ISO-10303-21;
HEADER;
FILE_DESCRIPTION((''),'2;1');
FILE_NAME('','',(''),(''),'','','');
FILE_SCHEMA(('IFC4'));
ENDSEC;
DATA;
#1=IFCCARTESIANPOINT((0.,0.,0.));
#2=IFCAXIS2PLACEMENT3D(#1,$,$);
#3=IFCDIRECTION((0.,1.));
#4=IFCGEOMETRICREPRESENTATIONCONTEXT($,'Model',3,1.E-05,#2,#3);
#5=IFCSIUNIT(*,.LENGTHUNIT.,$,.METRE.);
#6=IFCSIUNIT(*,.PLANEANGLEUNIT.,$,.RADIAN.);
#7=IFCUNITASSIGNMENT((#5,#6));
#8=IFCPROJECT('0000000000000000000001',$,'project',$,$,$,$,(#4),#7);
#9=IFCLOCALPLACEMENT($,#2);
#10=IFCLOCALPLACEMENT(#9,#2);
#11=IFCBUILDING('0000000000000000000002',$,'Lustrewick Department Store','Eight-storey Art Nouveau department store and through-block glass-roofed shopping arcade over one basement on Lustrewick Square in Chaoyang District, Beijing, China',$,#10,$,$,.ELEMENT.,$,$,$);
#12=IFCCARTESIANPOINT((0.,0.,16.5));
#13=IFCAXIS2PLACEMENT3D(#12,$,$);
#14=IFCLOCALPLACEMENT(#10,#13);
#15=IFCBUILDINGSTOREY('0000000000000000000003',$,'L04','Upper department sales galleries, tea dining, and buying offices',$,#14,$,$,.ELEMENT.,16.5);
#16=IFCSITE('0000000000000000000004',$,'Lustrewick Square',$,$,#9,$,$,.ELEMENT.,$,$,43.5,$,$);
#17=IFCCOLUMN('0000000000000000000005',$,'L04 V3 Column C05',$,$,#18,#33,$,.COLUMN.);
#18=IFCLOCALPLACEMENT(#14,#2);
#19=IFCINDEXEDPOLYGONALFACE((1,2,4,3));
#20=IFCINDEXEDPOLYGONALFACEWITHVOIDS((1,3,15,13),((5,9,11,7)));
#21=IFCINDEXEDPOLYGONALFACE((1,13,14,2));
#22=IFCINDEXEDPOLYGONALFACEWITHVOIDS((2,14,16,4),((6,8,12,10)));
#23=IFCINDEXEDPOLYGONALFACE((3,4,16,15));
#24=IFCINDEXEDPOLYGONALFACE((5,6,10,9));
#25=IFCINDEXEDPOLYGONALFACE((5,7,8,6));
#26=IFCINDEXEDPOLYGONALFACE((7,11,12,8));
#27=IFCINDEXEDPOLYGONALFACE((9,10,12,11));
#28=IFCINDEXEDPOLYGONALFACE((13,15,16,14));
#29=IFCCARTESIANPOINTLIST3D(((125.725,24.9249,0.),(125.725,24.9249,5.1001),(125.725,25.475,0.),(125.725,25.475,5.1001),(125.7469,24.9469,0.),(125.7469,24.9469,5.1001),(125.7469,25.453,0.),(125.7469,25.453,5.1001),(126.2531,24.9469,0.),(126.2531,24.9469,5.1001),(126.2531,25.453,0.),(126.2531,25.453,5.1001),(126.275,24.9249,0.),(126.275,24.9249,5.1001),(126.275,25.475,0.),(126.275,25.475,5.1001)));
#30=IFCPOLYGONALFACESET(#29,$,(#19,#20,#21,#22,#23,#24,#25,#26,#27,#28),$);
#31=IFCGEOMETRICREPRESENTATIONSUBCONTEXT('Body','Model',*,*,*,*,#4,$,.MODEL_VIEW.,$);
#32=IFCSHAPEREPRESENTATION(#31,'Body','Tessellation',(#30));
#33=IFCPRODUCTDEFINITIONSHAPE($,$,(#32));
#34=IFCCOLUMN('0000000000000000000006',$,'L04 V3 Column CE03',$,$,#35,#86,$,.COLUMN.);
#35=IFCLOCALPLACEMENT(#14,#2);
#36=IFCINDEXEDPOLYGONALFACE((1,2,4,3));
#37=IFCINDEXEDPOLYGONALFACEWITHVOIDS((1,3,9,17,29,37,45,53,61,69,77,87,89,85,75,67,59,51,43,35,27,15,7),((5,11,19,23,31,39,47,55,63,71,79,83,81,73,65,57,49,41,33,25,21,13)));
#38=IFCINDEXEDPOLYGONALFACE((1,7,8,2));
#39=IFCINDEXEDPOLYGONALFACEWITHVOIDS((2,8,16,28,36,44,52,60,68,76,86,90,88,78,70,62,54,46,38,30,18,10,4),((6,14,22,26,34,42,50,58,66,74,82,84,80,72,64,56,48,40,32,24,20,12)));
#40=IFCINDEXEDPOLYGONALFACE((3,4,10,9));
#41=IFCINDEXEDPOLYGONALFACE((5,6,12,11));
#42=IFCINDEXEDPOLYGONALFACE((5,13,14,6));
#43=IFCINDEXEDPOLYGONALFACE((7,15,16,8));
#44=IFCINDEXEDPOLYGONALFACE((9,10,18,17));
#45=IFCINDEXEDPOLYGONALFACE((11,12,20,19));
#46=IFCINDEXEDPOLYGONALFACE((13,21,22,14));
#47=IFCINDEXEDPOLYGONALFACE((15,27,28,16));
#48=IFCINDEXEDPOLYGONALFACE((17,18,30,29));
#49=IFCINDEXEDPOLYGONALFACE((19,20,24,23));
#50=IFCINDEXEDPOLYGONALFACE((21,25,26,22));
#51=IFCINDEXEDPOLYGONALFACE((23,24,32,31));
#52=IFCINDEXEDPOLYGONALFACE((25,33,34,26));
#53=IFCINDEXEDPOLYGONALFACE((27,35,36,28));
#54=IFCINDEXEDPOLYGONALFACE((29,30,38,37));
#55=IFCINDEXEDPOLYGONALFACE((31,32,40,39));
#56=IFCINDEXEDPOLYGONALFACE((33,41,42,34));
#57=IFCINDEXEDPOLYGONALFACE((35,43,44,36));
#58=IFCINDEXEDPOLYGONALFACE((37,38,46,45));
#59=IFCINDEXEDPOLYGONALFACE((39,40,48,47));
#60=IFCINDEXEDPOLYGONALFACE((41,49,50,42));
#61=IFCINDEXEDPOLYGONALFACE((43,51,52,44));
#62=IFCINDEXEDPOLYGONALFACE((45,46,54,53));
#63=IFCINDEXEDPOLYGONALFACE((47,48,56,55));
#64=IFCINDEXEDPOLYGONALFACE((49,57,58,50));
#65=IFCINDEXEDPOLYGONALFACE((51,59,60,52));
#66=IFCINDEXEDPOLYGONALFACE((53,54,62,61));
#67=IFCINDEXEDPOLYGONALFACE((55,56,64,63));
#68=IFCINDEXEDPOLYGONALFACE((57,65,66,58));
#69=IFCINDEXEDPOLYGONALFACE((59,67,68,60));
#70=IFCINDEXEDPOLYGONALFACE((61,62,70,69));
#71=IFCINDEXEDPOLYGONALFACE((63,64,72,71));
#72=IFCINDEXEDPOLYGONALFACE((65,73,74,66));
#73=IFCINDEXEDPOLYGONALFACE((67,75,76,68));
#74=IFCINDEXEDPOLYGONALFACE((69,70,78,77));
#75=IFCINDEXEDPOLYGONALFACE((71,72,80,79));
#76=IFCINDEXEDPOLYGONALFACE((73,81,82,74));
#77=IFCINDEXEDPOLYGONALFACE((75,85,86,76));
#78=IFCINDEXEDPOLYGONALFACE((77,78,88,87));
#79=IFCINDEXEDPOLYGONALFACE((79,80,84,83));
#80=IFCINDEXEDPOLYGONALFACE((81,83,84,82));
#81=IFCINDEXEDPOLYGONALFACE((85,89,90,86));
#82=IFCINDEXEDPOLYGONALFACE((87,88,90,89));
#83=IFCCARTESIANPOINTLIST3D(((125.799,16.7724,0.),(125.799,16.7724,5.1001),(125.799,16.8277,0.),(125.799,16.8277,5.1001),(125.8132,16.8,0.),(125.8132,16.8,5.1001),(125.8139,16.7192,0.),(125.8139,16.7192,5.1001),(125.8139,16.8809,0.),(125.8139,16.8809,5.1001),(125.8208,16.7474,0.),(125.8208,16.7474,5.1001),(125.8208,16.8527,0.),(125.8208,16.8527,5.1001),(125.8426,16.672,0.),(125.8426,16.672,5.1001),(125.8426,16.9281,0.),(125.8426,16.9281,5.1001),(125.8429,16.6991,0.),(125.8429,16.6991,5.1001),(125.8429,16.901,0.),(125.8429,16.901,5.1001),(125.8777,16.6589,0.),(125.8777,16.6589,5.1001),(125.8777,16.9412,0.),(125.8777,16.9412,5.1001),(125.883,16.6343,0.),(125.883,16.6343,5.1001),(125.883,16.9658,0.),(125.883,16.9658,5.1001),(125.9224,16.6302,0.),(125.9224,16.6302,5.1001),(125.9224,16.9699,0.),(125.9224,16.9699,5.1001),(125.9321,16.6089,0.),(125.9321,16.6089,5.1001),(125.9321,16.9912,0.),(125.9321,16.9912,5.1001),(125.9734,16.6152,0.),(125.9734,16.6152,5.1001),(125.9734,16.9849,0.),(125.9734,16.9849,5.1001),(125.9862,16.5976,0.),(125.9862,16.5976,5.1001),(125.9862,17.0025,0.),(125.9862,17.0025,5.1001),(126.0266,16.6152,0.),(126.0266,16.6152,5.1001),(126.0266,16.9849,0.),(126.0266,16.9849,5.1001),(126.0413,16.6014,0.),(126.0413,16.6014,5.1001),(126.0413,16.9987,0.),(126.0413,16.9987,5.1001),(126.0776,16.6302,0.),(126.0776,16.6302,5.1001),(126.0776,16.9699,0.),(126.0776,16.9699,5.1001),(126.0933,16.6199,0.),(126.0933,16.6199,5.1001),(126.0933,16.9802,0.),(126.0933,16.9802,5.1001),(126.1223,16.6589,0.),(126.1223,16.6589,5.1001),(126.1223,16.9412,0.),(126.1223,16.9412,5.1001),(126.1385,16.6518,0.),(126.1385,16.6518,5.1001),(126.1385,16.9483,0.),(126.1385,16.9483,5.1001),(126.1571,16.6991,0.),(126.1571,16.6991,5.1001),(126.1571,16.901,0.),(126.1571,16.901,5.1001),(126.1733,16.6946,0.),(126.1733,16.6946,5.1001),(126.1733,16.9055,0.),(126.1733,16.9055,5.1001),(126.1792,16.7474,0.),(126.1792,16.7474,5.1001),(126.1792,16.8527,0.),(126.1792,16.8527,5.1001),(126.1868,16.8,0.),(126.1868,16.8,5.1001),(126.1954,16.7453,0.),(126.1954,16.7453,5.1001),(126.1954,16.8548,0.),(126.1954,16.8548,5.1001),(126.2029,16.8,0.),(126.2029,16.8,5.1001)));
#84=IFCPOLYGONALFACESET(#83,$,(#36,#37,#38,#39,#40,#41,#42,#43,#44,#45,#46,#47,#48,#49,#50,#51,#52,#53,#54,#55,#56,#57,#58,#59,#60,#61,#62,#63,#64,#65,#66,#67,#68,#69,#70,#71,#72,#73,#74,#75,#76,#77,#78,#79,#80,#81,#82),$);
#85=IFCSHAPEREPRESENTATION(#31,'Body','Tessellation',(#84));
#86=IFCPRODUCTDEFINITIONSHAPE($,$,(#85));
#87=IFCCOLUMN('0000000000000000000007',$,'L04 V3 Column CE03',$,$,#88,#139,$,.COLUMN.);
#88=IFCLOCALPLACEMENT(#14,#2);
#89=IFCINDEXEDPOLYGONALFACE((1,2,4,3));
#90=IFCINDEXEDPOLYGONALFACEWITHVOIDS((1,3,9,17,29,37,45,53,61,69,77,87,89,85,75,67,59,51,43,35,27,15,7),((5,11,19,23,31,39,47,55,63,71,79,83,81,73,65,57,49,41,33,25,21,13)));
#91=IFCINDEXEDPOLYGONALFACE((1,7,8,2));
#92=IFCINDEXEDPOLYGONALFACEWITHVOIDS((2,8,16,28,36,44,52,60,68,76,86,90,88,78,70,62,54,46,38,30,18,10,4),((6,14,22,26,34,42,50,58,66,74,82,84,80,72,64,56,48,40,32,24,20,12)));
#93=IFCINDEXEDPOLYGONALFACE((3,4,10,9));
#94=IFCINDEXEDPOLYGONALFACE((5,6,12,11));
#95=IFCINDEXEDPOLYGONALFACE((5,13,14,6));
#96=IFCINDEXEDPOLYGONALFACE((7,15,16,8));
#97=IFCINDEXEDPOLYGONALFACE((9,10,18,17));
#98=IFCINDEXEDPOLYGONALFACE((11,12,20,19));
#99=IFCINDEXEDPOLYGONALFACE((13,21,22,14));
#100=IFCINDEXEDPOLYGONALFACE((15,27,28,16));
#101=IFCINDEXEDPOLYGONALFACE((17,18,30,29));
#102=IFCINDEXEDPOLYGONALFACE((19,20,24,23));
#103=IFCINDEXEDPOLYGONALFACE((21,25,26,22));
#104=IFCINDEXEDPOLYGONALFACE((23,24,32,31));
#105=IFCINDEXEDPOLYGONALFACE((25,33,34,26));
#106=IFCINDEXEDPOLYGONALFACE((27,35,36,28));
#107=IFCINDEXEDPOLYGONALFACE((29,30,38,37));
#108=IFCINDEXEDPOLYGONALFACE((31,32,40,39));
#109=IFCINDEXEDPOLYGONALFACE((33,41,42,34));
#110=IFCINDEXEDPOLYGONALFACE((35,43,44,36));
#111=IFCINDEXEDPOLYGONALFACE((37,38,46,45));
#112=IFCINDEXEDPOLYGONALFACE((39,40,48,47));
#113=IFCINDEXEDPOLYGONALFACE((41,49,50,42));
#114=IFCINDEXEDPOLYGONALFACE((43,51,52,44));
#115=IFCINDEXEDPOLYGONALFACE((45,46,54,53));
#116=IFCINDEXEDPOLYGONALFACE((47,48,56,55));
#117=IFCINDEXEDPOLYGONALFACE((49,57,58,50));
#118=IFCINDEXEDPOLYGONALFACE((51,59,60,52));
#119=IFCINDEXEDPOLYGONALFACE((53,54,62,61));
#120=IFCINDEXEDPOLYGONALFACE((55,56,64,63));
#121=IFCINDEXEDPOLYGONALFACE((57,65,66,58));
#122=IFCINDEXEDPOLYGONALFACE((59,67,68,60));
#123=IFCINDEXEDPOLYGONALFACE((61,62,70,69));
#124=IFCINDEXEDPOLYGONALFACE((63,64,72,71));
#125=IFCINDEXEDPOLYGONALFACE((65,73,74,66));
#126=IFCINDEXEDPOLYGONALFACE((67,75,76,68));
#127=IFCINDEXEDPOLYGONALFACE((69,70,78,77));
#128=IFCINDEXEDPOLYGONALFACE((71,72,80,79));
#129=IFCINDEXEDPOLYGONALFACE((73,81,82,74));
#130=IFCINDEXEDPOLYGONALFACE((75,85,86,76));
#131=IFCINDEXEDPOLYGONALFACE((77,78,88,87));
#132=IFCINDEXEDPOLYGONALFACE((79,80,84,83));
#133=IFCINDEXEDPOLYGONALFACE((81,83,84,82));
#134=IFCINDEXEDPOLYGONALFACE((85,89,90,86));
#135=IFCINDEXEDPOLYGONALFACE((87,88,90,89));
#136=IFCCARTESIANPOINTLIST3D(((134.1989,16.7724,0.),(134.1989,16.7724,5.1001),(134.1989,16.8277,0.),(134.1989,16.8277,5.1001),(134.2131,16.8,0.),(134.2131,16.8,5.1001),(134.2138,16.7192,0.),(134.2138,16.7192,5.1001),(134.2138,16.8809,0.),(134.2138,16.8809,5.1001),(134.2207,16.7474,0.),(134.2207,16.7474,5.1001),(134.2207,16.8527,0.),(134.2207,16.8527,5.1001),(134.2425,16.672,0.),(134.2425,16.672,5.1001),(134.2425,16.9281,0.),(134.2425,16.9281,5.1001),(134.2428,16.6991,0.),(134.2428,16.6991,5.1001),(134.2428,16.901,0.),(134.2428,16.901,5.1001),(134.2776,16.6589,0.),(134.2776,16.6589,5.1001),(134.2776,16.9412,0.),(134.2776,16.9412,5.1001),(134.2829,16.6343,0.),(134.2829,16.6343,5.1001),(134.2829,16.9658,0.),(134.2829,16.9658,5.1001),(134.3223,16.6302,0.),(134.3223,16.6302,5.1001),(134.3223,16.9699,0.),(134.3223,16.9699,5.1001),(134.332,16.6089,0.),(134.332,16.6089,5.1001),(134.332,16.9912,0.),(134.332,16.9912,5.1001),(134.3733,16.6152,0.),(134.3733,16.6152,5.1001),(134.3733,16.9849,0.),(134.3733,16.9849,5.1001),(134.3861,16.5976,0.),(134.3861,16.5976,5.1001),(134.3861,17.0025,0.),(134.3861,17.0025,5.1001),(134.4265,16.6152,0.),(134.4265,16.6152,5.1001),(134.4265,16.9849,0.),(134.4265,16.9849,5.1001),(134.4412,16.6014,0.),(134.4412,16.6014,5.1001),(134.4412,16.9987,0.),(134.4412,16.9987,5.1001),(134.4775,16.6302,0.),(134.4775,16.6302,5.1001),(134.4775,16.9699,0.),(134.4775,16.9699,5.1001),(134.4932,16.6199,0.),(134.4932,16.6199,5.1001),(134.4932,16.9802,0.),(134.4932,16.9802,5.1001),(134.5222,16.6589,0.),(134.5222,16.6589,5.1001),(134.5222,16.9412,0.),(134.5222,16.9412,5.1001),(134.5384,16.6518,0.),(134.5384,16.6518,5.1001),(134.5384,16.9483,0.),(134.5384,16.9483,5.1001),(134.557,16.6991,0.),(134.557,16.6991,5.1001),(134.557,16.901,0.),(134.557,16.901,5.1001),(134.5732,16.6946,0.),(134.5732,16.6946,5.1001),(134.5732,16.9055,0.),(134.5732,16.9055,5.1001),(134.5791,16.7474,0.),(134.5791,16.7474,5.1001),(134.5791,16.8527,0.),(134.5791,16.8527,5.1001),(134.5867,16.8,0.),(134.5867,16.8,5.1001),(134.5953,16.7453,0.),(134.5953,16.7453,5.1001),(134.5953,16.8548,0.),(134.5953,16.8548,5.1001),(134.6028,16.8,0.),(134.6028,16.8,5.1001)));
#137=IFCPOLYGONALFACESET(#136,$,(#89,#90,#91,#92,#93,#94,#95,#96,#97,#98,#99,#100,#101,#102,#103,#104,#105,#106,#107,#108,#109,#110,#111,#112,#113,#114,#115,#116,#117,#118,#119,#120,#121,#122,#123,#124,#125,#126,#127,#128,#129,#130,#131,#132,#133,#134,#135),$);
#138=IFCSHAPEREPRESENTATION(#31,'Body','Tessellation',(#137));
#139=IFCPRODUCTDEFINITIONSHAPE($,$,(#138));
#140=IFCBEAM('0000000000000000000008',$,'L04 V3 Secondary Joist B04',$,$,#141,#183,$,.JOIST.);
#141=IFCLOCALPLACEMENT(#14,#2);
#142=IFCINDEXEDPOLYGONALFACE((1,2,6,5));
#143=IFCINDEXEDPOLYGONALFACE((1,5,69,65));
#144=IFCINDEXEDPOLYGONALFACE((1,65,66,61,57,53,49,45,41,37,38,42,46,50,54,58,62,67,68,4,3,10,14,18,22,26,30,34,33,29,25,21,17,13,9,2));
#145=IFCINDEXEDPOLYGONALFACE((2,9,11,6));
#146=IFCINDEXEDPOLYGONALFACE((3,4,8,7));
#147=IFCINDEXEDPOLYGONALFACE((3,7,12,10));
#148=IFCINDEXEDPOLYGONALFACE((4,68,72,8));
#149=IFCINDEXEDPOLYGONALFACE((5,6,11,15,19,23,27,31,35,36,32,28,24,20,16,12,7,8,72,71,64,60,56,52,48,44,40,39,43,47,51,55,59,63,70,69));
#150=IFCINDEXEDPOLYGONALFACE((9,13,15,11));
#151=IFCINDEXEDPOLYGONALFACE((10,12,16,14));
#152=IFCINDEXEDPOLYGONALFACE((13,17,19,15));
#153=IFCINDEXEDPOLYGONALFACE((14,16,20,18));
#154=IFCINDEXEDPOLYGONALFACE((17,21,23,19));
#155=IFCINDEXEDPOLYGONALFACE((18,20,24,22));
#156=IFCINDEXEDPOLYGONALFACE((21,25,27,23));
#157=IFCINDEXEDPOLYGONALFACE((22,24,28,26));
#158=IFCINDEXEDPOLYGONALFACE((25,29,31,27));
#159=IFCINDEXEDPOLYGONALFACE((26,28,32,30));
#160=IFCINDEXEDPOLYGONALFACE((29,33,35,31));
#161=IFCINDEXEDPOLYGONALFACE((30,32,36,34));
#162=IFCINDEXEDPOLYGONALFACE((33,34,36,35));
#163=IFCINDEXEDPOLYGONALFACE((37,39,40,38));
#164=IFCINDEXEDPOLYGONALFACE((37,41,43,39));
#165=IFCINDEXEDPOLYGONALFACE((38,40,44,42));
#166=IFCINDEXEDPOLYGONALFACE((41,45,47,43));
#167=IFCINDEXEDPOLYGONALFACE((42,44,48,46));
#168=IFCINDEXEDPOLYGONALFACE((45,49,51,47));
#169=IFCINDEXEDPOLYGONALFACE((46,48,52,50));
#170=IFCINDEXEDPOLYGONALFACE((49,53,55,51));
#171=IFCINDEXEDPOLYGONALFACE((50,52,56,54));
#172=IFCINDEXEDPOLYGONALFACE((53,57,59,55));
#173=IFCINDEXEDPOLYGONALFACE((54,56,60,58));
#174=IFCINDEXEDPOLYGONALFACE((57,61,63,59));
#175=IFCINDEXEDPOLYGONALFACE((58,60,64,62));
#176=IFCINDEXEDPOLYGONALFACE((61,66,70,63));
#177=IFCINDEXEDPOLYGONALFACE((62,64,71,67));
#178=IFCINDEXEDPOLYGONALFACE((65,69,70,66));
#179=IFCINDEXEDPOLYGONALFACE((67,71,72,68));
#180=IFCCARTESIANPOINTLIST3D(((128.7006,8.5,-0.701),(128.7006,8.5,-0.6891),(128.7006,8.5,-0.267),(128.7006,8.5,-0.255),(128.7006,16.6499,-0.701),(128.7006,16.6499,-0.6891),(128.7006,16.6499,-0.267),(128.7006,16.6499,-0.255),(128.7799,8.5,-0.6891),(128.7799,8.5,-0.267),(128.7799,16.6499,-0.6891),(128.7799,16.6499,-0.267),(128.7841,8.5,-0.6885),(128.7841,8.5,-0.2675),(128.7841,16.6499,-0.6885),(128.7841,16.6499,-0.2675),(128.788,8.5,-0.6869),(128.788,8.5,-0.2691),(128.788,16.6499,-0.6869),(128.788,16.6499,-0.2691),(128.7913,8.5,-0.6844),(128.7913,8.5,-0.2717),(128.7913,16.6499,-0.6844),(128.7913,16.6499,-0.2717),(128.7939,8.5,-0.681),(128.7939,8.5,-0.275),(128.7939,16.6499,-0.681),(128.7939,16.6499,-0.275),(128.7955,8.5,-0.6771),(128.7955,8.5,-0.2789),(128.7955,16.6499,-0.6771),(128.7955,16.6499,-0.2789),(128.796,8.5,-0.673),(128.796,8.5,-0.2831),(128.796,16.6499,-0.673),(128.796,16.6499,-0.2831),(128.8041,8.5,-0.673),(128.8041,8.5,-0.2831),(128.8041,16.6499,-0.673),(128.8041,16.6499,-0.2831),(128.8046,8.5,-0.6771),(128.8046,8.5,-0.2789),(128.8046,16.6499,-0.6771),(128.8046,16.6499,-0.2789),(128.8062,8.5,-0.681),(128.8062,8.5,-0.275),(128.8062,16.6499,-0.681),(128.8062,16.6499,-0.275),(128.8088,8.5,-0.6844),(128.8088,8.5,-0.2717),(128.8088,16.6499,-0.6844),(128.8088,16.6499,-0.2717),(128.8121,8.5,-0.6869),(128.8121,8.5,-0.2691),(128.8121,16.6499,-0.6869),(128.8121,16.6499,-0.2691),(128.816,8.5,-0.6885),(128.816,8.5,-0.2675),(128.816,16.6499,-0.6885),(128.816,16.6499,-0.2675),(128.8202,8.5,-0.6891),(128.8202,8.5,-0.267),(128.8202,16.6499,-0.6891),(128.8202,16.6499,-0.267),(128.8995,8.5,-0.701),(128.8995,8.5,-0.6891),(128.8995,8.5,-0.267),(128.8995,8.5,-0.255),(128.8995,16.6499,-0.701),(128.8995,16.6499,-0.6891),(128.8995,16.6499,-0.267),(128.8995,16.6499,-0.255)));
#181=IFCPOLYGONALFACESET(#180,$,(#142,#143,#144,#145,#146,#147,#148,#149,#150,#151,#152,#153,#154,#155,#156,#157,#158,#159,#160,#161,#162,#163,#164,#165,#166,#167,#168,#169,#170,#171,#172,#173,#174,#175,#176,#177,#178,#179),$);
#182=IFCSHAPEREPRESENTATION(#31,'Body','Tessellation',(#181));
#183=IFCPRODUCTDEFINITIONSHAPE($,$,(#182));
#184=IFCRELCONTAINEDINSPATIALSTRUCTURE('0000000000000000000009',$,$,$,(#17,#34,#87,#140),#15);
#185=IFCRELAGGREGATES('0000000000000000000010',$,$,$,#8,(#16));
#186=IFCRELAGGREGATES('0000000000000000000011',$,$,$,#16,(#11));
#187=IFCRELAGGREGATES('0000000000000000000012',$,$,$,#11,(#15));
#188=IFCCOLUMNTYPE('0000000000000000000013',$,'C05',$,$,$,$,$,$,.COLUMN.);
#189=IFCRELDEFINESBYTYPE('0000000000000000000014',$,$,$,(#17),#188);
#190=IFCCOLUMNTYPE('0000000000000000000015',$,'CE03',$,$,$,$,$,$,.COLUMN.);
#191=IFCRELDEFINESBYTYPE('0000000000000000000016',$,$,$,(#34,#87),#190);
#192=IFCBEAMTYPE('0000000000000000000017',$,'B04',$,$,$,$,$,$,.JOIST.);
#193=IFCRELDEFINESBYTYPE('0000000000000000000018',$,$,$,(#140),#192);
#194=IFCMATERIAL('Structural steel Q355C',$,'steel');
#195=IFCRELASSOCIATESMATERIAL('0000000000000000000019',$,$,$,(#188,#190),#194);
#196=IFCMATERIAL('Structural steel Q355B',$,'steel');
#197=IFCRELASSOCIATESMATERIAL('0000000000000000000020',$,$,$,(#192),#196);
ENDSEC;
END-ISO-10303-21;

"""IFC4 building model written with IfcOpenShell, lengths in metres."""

from ifc_helpers import new_model, si_unit, direction, frame, origin, origin_2d, place, context, subcontext, project, spatial, hollow_rectangle, hollow_circle, i_section, extrude, material, material_profile, profile_set, type_object, element, save


model = new_model("IFC4")

# Units and contexts
model_context = context("Model", 3, precision=1e-05, world=origin(), true_north=direction((0.0, 1.0)))
body_context = subcontext(model_context, "Body", "Model", "MODEL_VIEW")
ifc_project = project(units=[si_unit("LENGTHUNIT", "METRE"), si_unit("PLANEANGLEUNIT", "RADIAN")], contexts=[model_context])

# Site, building, storey
site_placement = place(None, origin())
site = spatial("IfcSite", under=ifc_project, at=site_placement, Name="Lustrewick Square", CompositionType="ELEMENT", RefElevation=43.5)
building_placement = place(site_placement, origin())
building = spatial("IfcBuilding", under=site, at=building_placement, Name="Lustrewick Department Store", Description="Eight-storey Art Nouveau department store and through-block glass-roofed shopping arcade over one basement on Lustrewick Square in Chaoyang District, Beijing, China", CompositionType="ELEMENT")
storey_placement = place(building_placement, frame((0.0, 0.0, 16.5)))
storey = spatial("IfcBuildingStorey", under=building, at=storey_placement, Name="L04", Description="Upper department sales galleries, tea dining, and buying offices", CompositionType="ELEMENT", Elevation=16.5)

# Columns
ifc_material_1 = material(Name="Structural steel Q355C", Category="steel")
ifc_material_profile_1 = material_profile(ifc_material_1, hollow_rectangle(XDim=0.55, YDim=0.55, WallThickness=0.022, at=origin_2d()), Name="BOX 550x550x22")
ifc_profile_set_1 = profile_set([ifc_material_profile_1], Name="Structural steel Q355C")
column_type_1 = type_object("IfcColumnType", Name="C05", PredefinedType="COLUMN", material=ifc_profile_set_1)
column_placement = place(storey_placement, frame((126.0, 25.2, 0.0), z_axis=(0.0, 0.0, 1.0), x_axis=(1.0, 0.0, 0.0)))
element("IfcColumn", 1, at=column_placement, inside=storey, type_object=column_type_1, Name="L04 V3 Column C05", PredefinedType="COLUMN", context=body_context, shape_type="SweptSolid", body=[
    extrude(hollow_rectangle(XDim=0.55, YDim=0.55, WallThickness=0.022, at=origin_2d()), origin(), (0.0, 0.0, 1.0), 5.1001),
])
ifc_material_profile_2 = material_profile(ifc_material_1, hollow_circle(Radius=0.2029, WallThickness=0.0161, at=origin_2d()), Name="CHS 406x16")
ifc_profile_set_2 = profile_set([ifc_material_profile_2], Name="Structural steel Q355C")
column_type_2 = type_object("IfcColumnType", Name="CE03", PredefinedType="COLUMN", material=ifc_profile_set_2)
for number, where, z_axis, x_axis, name in (
    (2, (126.0, 16.8, 0.0), (0.0, 0.0, 1.0), (1.0, 0.0, 0.0), "L04 V3 Column CE03"),
    (3, (134.3999, 16.8, 0.0), (0.0, 0.0, 1.0), (1.0, 0.0, 0.0), "L04 V3 Column CE03"),
):
    element("IfcColumn", number, at=place(storey_placement, frame(where, z_axis=z_axis, x_axis=x_axis)), inside=storey, type_object=column_type_2, Name=name, PredefinedType="COLUMN", context=body_context, shape_type="SweptSolid", body=[
        extrude(hollow_circle(Radius=0.2029, WallThickness=0.0161, at=origin_2d()), origin(), (0.0, 0.0, 1.0), 5.1001),
    ])

# Beam
ifc_material_2 = material(Name="Structural steel Q355B", Category="steel")
ifc_material_profile_3 = material_profile(ifc_material_2, i_section(OverallWidth=0.199, OverallDepth=0.446, WebThickness=0.0081, FlangeThickness=0.012, FilletRadius=0.0161, at=origin_2d()), Name="HN 446x199x8x12")
ifc_profile_set_3 = profile_set([ifc_material_profile_3], Name="Structural steel Q355B")
beam_type_1 = type_object("IfcBeamType", Name="B04", PredefinedType="JOIST", material=ifc_profile_set_3)
beam_1_placement = place(storey_placement, frame((128.8, 8.5, -0.478), z_axis=(0.0, 1.0, 0.0), x_axis=(-1.0, 0.0, 0.0)))
element("IfcBeam", 4, at=beam_1_placement, inside=storey, type_object=beam_type_1, Name="L04 V3 Secondary Joist B04", PredefinedType="JOIST", context=body_context, shape_type="SweptSolid", body=[
    extrude(i_section(OverallWidth=0.199, OverallDepth=0.446, WebThickness=0.0081, FlangeThickness=0.012, FilletRadius=0.0161, at=origin_2d()), origin(), (0.0, 0.0, 1.0), 8.1499),
])

save(model, "model.ifc")
